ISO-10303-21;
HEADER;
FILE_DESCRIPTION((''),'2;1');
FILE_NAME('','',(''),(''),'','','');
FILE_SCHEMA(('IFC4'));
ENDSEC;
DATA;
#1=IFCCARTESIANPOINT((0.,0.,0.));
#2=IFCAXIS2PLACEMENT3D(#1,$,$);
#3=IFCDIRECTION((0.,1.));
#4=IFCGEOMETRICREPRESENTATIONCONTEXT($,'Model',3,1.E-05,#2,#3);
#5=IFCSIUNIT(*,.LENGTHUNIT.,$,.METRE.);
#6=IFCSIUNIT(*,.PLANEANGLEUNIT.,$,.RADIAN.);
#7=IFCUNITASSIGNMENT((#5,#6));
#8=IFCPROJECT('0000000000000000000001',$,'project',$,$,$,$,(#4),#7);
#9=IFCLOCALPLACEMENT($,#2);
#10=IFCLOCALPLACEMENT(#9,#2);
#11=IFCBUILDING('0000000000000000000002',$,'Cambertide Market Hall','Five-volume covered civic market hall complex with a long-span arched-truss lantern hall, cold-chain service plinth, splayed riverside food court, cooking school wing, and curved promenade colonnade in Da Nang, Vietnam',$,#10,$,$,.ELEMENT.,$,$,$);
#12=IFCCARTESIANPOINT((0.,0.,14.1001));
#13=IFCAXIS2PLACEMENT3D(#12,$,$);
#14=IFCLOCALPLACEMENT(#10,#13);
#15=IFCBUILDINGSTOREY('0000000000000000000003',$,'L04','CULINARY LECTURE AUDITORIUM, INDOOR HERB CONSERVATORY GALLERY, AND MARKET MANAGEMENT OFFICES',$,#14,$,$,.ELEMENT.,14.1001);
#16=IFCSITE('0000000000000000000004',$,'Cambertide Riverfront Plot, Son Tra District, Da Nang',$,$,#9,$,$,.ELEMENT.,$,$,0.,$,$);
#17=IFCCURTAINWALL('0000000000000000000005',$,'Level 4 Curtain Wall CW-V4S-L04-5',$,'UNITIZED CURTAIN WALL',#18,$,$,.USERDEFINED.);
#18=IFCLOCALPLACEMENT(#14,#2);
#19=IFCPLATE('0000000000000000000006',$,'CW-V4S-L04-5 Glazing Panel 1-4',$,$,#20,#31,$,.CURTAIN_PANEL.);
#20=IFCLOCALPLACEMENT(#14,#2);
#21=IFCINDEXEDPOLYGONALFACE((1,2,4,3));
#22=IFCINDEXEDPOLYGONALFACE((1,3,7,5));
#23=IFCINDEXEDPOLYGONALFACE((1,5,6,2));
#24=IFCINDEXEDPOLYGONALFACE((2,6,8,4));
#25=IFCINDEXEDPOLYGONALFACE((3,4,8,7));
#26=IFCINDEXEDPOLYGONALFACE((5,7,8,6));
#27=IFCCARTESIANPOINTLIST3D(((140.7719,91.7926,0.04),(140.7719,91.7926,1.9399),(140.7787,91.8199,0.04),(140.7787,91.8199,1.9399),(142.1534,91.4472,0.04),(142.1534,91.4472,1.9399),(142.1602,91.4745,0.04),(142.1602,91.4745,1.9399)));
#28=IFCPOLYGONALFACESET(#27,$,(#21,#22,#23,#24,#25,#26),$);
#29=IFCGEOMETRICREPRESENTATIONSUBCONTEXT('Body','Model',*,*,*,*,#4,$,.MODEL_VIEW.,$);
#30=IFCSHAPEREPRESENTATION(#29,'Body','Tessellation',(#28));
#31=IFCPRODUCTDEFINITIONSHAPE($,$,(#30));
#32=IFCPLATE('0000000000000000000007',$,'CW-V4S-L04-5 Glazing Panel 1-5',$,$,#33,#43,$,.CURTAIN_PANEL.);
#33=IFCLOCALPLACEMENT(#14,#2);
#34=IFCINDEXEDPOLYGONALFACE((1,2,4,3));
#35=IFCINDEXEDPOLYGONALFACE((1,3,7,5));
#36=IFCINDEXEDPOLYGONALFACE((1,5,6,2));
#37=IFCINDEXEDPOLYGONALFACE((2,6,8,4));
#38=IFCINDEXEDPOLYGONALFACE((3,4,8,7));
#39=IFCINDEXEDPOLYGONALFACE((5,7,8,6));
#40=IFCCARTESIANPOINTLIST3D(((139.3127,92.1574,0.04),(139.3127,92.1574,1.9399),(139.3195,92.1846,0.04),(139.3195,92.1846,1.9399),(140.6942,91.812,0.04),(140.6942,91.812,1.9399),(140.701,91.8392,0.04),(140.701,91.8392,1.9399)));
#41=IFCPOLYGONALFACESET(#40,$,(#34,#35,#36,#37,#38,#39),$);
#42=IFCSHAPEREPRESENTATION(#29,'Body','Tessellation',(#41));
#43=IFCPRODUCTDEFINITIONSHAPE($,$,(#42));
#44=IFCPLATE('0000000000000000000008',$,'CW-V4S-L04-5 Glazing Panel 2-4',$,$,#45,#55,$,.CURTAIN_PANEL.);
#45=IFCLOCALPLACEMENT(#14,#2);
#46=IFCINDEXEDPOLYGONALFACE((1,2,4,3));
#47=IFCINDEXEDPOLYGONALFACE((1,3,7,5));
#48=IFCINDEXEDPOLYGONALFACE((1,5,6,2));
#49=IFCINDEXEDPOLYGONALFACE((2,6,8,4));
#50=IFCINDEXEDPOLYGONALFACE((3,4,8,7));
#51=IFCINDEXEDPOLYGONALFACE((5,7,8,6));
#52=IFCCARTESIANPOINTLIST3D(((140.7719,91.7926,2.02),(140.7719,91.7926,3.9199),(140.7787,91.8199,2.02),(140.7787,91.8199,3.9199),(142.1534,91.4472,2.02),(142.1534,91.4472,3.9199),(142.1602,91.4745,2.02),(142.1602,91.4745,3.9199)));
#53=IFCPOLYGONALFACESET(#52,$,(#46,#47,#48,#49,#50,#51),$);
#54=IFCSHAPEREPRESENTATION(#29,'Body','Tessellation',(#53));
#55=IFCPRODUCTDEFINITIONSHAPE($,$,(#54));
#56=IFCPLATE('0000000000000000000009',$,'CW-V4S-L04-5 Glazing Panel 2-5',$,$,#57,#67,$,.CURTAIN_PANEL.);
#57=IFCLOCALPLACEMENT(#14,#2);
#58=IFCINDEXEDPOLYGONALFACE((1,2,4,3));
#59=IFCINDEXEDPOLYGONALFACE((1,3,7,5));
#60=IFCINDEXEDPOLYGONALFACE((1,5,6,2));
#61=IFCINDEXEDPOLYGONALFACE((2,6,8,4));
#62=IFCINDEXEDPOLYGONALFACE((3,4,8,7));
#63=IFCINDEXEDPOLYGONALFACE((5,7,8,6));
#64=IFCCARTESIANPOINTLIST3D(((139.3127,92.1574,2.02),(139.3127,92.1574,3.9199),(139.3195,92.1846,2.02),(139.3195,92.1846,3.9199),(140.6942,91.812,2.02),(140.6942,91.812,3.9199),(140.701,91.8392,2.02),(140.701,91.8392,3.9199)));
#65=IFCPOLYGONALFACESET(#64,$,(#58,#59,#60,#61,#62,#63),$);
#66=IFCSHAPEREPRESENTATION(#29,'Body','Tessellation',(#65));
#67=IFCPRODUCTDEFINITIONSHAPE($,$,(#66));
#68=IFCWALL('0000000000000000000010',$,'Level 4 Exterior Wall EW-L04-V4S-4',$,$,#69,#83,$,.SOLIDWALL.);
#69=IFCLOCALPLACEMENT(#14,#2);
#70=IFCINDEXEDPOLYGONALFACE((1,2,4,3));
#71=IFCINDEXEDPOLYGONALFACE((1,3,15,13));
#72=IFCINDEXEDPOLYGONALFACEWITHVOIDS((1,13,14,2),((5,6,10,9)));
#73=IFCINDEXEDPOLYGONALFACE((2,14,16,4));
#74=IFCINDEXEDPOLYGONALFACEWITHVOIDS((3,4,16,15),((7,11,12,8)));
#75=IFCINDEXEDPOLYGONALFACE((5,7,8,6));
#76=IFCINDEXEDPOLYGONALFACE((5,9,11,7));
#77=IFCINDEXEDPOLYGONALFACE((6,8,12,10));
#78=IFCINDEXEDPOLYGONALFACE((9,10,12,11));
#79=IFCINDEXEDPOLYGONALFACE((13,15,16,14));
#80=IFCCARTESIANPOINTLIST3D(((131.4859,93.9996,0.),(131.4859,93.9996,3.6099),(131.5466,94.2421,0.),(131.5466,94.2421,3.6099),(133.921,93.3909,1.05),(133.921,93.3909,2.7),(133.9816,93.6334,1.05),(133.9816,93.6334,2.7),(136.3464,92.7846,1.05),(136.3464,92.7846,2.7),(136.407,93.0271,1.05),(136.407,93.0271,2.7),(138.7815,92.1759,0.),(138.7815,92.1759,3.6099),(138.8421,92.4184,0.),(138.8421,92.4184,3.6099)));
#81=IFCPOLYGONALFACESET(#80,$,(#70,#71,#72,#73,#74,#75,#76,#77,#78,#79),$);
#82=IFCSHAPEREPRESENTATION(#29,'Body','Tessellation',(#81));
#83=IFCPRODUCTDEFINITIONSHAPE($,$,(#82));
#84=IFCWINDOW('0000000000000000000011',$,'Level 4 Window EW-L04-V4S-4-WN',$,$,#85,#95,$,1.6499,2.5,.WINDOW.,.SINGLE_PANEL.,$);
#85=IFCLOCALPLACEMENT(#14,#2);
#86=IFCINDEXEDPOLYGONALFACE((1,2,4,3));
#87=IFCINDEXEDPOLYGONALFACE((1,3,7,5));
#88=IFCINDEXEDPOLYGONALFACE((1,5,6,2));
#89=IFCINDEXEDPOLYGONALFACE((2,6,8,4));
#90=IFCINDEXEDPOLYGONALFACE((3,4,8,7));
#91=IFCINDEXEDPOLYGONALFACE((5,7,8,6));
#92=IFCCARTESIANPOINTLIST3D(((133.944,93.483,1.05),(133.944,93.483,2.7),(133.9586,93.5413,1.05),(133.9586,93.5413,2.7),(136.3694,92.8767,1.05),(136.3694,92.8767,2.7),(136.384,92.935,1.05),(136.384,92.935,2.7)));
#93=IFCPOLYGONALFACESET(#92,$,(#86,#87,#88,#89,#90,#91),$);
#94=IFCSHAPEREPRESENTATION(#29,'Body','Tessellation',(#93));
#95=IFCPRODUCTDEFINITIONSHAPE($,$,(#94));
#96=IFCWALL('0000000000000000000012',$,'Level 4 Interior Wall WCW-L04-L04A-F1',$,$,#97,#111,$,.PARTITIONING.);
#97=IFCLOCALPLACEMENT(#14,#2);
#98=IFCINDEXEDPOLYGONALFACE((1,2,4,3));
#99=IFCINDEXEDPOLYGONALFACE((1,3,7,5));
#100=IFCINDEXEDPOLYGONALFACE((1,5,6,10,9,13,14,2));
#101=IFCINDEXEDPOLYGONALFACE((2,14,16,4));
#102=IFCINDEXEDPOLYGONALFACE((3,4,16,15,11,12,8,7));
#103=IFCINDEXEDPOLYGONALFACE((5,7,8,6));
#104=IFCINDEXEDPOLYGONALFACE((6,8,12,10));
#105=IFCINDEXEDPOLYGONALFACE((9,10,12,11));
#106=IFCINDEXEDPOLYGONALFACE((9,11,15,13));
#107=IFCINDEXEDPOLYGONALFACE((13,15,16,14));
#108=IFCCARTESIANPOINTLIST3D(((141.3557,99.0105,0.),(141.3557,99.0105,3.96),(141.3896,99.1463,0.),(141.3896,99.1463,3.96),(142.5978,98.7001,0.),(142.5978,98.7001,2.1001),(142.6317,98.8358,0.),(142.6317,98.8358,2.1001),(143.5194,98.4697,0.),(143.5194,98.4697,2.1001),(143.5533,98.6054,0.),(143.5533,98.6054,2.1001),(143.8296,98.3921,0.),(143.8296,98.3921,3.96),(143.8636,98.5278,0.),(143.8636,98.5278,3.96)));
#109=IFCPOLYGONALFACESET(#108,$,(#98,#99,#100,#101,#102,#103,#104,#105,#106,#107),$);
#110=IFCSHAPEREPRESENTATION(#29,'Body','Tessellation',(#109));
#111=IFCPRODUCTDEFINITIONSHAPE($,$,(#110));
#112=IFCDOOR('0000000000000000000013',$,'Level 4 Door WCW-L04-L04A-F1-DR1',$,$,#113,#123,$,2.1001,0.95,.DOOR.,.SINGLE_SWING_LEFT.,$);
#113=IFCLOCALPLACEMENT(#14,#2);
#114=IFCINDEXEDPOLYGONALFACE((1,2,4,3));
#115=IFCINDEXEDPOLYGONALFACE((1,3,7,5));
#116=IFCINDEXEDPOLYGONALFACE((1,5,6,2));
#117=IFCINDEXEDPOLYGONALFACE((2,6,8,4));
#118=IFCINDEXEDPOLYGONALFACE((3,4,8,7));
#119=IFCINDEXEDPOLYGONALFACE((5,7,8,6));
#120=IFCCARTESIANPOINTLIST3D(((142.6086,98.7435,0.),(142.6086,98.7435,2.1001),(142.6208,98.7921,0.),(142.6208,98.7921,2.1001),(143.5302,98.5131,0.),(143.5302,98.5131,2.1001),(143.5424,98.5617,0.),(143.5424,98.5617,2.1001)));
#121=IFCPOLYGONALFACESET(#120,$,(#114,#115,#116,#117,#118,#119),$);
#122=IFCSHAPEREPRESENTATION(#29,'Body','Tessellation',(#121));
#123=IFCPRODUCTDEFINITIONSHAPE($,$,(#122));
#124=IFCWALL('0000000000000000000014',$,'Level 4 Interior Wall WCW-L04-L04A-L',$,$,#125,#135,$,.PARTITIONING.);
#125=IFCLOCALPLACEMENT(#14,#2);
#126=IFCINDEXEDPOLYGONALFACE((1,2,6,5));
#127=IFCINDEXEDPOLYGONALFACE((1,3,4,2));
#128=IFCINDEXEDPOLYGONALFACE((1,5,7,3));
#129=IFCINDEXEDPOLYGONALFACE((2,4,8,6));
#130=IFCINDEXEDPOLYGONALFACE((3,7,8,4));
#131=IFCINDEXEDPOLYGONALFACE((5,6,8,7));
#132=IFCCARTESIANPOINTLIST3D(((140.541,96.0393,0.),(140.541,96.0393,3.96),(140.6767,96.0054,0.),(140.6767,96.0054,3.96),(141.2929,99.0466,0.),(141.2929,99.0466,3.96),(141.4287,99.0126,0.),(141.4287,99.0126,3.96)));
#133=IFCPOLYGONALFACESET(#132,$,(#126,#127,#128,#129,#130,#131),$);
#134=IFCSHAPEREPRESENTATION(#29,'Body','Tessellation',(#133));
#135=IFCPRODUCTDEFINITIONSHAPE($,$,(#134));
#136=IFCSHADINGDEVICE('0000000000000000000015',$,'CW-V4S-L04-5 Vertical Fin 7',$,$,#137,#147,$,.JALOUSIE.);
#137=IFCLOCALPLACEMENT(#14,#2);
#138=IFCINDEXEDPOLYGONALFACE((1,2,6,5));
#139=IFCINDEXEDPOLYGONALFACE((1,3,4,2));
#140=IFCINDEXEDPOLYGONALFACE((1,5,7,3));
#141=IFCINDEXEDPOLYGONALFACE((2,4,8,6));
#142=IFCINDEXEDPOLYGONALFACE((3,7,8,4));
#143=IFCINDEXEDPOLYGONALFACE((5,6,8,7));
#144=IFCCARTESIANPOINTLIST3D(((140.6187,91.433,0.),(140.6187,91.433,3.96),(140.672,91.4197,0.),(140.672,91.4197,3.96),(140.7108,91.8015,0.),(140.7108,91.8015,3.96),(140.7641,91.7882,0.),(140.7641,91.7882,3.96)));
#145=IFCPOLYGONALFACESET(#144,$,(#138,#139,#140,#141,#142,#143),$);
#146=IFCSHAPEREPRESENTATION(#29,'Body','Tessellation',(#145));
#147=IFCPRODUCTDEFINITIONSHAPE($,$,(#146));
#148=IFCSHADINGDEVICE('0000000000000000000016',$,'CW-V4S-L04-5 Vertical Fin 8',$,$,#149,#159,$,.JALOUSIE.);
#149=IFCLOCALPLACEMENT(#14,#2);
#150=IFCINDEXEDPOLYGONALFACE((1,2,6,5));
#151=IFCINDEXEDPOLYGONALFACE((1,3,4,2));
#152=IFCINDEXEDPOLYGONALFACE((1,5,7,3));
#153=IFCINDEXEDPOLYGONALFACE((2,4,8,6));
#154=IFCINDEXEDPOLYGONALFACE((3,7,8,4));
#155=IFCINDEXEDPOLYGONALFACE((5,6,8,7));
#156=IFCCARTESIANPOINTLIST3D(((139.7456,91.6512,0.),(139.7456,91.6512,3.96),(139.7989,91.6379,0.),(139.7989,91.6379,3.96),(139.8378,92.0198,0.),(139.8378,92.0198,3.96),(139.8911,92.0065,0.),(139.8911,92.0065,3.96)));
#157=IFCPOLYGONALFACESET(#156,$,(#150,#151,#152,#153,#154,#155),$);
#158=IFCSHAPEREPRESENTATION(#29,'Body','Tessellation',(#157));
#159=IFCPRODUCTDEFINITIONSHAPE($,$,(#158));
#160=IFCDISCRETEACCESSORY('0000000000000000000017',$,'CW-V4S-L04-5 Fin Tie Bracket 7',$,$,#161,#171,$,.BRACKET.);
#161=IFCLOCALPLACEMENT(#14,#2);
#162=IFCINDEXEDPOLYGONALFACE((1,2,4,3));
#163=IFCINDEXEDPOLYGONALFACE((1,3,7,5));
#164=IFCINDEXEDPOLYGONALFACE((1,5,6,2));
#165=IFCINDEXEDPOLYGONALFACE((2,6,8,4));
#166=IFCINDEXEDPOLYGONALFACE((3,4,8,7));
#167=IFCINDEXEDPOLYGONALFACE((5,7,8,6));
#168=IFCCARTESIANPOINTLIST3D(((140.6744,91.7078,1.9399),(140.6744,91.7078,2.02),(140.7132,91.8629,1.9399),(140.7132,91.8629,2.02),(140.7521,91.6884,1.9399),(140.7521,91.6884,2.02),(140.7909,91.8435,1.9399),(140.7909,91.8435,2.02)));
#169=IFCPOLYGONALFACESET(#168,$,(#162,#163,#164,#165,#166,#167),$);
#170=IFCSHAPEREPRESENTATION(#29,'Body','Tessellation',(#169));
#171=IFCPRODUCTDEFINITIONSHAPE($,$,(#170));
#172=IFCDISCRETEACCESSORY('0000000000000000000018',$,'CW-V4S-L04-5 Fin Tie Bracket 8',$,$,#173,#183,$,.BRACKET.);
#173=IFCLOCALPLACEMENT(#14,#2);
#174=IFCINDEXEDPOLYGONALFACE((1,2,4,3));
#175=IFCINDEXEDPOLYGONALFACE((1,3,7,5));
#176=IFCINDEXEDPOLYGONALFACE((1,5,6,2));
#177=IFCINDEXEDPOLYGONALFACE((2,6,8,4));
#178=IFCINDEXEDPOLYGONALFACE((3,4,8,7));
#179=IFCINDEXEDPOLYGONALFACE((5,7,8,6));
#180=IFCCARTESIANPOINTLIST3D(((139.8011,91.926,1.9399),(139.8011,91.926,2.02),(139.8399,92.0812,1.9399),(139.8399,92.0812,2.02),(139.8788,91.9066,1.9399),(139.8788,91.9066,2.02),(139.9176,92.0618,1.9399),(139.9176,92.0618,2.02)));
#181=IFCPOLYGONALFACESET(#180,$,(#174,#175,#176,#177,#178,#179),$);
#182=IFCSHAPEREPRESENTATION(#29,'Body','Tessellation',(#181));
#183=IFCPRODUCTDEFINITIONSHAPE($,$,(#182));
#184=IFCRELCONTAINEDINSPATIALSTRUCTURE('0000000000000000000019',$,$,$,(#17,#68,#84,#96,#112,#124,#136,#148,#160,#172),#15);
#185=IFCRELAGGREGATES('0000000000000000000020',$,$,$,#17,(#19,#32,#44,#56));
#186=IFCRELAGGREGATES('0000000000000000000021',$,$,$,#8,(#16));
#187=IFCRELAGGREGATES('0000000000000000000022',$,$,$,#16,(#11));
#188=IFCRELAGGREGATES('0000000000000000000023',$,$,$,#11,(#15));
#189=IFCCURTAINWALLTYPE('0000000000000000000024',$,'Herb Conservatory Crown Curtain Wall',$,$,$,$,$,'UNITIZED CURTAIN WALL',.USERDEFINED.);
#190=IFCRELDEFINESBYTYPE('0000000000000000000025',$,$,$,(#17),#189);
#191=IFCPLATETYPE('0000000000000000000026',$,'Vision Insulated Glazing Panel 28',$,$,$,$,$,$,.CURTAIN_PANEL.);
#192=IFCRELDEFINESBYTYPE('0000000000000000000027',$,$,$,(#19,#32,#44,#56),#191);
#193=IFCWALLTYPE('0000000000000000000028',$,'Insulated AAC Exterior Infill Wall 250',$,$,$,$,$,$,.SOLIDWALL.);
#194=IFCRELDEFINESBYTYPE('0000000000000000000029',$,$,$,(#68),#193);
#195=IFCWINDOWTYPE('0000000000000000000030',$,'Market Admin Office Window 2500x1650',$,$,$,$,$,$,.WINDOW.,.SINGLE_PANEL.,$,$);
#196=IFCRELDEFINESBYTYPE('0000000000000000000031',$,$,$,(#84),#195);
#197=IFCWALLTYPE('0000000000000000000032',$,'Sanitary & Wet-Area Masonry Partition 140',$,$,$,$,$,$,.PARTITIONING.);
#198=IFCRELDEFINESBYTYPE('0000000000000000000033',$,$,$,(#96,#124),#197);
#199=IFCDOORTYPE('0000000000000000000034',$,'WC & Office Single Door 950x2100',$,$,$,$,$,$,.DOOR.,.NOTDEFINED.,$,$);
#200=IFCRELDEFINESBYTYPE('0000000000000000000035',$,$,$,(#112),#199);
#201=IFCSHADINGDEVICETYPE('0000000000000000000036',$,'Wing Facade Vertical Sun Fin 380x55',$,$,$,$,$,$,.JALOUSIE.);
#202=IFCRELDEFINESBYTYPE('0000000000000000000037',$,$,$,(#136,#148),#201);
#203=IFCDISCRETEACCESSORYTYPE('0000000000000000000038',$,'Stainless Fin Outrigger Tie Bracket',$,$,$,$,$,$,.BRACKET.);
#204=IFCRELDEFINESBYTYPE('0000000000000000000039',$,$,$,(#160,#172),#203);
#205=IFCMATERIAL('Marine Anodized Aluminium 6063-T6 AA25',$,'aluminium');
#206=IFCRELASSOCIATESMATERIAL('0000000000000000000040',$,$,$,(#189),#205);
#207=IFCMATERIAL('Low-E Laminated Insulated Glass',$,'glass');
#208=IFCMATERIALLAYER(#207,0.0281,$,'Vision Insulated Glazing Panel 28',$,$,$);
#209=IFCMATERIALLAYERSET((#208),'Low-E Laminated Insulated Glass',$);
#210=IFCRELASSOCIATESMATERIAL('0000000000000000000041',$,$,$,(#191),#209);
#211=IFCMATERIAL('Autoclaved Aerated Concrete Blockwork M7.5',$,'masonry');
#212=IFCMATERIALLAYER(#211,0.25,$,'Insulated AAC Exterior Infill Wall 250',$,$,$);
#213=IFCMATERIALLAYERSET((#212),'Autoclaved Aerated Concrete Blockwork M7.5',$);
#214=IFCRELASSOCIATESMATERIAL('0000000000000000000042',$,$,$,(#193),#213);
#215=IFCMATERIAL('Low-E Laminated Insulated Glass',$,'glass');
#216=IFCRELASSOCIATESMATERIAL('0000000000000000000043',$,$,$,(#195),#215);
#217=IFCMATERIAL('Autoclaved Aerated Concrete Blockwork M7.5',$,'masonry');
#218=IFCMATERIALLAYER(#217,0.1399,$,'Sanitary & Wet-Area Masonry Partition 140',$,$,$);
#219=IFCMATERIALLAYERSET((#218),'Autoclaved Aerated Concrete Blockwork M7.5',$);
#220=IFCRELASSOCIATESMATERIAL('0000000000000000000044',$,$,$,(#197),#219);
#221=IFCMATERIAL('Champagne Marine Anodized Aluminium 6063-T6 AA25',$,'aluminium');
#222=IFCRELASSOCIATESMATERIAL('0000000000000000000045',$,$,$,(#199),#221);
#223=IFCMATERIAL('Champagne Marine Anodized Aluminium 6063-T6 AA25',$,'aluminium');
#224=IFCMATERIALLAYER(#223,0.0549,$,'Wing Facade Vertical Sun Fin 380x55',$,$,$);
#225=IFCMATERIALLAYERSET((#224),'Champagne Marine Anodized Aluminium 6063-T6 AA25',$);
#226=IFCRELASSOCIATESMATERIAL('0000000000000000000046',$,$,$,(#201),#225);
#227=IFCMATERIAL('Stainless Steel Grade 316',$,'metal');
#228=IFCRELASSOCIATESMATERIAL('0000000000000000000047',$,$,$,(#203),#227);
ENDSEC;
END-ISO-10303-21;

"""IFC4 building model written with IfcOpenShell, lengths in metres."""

from ifc_helpers import new_model, si_unit, direction, frame, frame_2d, origin, origin_2d, place, context, subcontext, project, spatial, rectangle, extrude, material, layer, layer_set, type_object, element, fill, aggregate, save


model = new_model("IFC4")

# Units and contexts
model_context = context("Model", 3, precision=1e-05, world=origin(), true_north=direction((0.0, 1.0)))
body_context = subcontext(model_context, "Body", "Model", "MODEL_VIEW")
ifc_project = project(units=[si_unit("LENGTHUNIT", "METRE"), si_unit("PLANEANGLEUNIT", "RADIAN")], contexts=[model_context])

# Site, building, storey
site_placement = place(None, origin())
site = spatial("IfcSite", under=ifc_project, at=site_placement, Name="Cambertide Riverfront Plot, Son Tra District, Da Nang", CompositionType="ELEMENT", RefElevation=0.0)
building_placement = place(site_placement, origin())
building = spatial("IfcBuilding", under=site, at=building_placement, Name="Cambertide Market Hall", Description="Five-volume covered civic market hall complex with a long-span arched-truss lantern hall, cold-chain service plinth, splayed riverside food court, cooking school wing, and curved promenade colonnade in Da Nang, Vietnam", CompositionType="ELEMENT")
storey_placement = place(building_placement, frame((0.0, 0.0, 14.1001)))
storey = spatial("IfcBuildingStorey", under=building, at=storey_placement, Name="L04", Description="CULINARY LECTURE AUDITORIUM, INDOOR HERB CONSERVATORY GALLERY, AND MARKET MANAGEMENT OFFICES", CompositionType="ELEMENT", Elevation=14.1001)

# Curtain wall
ifc_material_1 = material(Name="Marine Anodized Aluminium 6063-T6 AA25", Category="aluminium")
curtain_wall_type = type_object("IfcCurtainWallType", Name="Herb Conservatory Crown Curtain Wall", ElementType="UNITIZED CURTAIN WALL", PredefinedType="USERDEFINED", material=ifc_material_1)
curtain_wall_placement = place(storey_placement, origin())
curtain_wall = element("IfcCurtainWall", 1, at=curtain_wall_placement, inside=storey, type_object=curtain_wall_type, Name="Level 4 Curtain Wall CW-V4S-L04-5", ObjectType="UNITIZED CURTAIN WALL", PredefinedType="USERDEFINED")

# Plates
ifc_material_2 = material(Name="Low-E Laminated Insulated Glass", Category="glass")
ifc_layer_1 = layer(ifc_material_2, 0.0281, Name="Vision Insulated Glazing Panel 28")
ifc_layer_set_1 = layer_set([ifc_layer_1], Name="Low-E Laminated Insulated Glass")
plate_type = type_object("IfcPlateType", Name="Vision Insulated Glazing Panel 28", PredefinedType="CURTAIN_PANEL", material=ifc_layer_set_1)
plate_1_placement = place(storey_placement, frame((141.4661, 91.6335, 0.04), z_axis=(0.0, 0.0, 1.0), x_axis=(-0.970143, 0.242535, 0.0)))
plate_1 = element("IfcPlate", 2, at=plate_1_placement, type_object=plate_type, Name="CW-V4S-L04-5 Glazing Panel 1-4", PredefinedType="CURTAIN_PANEL", context=body_context, shape_type="SweptSolid", body=[
    extrude(rectangle(XDim=1.4241, YDim=0.0281, at=origin_2d()), origin(), (0.0, 0.0, 1.0), 1.8999),
])
plate_2_placement = place(storey_placement, frame((140.0068, 91.9983, 0.04), z_axis=(0.0, 0.0, 1.0), x_axis=(-0.970143, 0.242535, 0.0)))
plate_2 = element("IfcPlate", 3, at=plate_2_placement, type_object=plate_type, Name="CW-V4S-L04-5 Glazing Panel 1-5", PredefinedType="CURTAIN_PANEL", context=body_context, shape_type="SweptSolid", body=[
    extrude(rectangle(XDim=1.4241, YDim=0.0281, at=origin_2d()), origin(), (0.0, 0.0, 1.0), 1.8999),
])
plate_3_placement = place(storey_placement, frame((141.4661, 91.6335, 2.02), z_axis=(0.0, 0.0, 1.0), x_axis=(-0.970143, 0.242535, 0.0)))
plate_3 = element("IfcPlate", 4, at=plate_3_placement, type_object=plate_type, Name="CW-V4S-L04-5 Glazing Panel 2-4", PredefinedType="CURTAIN_PANEL", context=body_context, shape_type="SweptSolid", body=[
    extrude(rectangle(XDim=1.4241, YDim=0.0281, at=origin_2d()), origin(), (0.0, 0.0, 1.0), 1.8999),
])
plate_4_placement = place(storey_placement, frame((140.0068, 91.9983, 2.02), z_axis=(0.0, 0.0, 1.0), x_axis=(-0.970143, 0.242535, 0.0)))
plate_4 = element("IfcPlate", 5, at=plate_4_placement, type_object=plate_type, Name="CW-V4S-L04-5 Glazing Panel 2-5", PredefinedType="CURTAIN_PANEL", context=body_context, shape_type="SweptSolid", body=[
    extrude(rectangle(XDim=1.4241, YDim=0.0281, at=origin_2d()), origin(), (0.0, 0.0, 1.0), 1.8999),
])
aggregate(curtain_wall, [plate_1, plate_2, plate_3, plate_4])

# Wall, opening, window
ifc_material_3 = material(Name="Autoclaved Aerated Concrete Blockwork M7.5", Category="masonry")
ifc_layer_2 = layer(ifc_material_3, 0.25, Name="Insulated AAC Exterior Infill Wall 250")
ifc_layer_set_2 = layer_set([ifc_layer_2], Name="Autoclaved Aerated Concrete Blockwork M7.5")
wall_type_1 = type_object("IfcWallType", Name="Insulated AAC Exterior Infill Wall 250", PredefinedType="SOLIDWALL", material=ifc_layer_set_2)
wall_1_placement = place(storey_placement, frame((138.8118, 92.2971, 0.0), z_axis=(0.0, 0.0, 1.0), x_axis=(-0.970146, 0.24252, 0.0)))
wall_1 = element("IfcWall", 6, at=wall_1_placement, inside=storey, type_object=wall_type_1, Name="Level 4 Exterior Wall EW-L04-V4S-4", PredefinedType="SOLIDWALL", context=body_context, shape_type="SweptSolid", body=[
    extrude(rectangle(XDim=7.52, YDim=0.25, at=frame_2d((3.76, 0.0))), origin(), (0.0, 0.0, 1.0), 3.6099),
])
opening_1_placement = place(wall_1_placement, frame((2.51, 0.0, 1.05)))
opening_1 = element("IfcOpeningElement", 7, at=opening_1_placement, cuts=wall_1, PredefinedType="OPENING", context=body_context, shape_type="SweptSolid", body=[
    extrude(rectangle(XDim=2.5, YDim=1.6499, at=frame_2d((1.25, 0.825))), frame((0.0, 0.135, 0.0), z_axis=(0.0, -1.0, 0.0), x_axis=(1.0, 0.0, 0.0)), (0.0, 0.0, 1.0), 0.27),
])
ifc_material_4 = material(Name="Low-E Laminated Insulated Glass", Category="glass")
window_type = type_object("IfcWindowType", Name="Market Admin Office Window 2500x1650", PartitioningType="SINGLE_PANEL", PredefinedType="WINDOW", material=ifc_material_4)
window_placement = place(opening_1_placement, origin())
window = element("IfcWindow", 8, at=window_placement, inside=storey, type_object=window_type, Name="Level 4 Window EW-L04-V4S-4-WN", OverallHeight=1.6499, OverallWidth=2.5, PartitioningType="SINGLE_PANEL", PredefinedType="WINDOW", context=body_context, shape_type="SweptSolid", body=[
    extrude(rectangle(XDim=2.5, YDim=1.6499, at=frame_2d((1.25, 0.825))), frame((0.0, 0.03, 0.0), z_axis=(0.0, -1.0, 0.0), x_axis=(1.0, 0.0, 0.0)), (0.0, 0.0, 1.0), 0.0601),
])
fill(opening_1, window)

# Wall, opening, door
ifc_material_5 = material(Name="Autoclaved Aerated Concrete Blockwork M7.5", Category="masonry")
ifc_layer_3 = layer(ifc_material_5, 0.1399, Name="Sanitary & Wet-Area Masonry Partition 140")
ifc_layer_set_3 = layer_set([ifc_layer_3], Name="Autoclaved Aerated Concrete Blockwork M7.5")
wall_type_2 = type_object("IfcWallType", Name="Sanitary & Wet-Area Masonry Partition 140", PredefinedType="PARTITIONING", material=ifc_layer_set_3)
wall_2_placement = place(storey_placement, frame((141.3728, 99.0784, 0.0), z_axis=(0.0, 0.0, 1.0), x_axis=(0.970148, -0.242513, 0.0)))
wall_2 = element("IfcWall", 9, at=wall_2_placement, inside=storey, type_object=wall_type_2, Name="Level 4 Interior Wall WCW-L04-L04A-F1", PredefinedType="PARTITIONING", context=body_context, shape_type="SweptSolid", body=[
    extrude(rectangle(XDim=2.55, YDim=0.1399, at=frame_2d((1.2749, 0.0))), origin(), (0.0, 0.0, 1.0), 3.96),
])
opening_2_placement = place(wall_2_placement, frame((1.28, 0.0, 0.0)))
opening_2 = element("IfcOpeningElement", 10, at=opening_2_placement, cuts=wall_2, PredefinedType="OPENING", context=body_context, shape_type="SweptSolid", body=[
    extrude(rectangle(XDim=0.95, YDim=2.1001, at=frame_2d((0.4751, 1.05))), frame((0.0, 0.0798, 0.0), z_axis=(0.0, -1.0, 0.0), x_axis=(1.0, 0.0, 0.0)), (0.0, 0.0, 1.0), 0.1599),
])
ifc_material_6 = material(Name="Champagne Marine Anodized Aluminium 6063-T6 AA25", Category="aluminium")
door_type = type_object("IfcDoorType", Name="WC & Office Single Door 950x2100", OperationType="NOTDEFINED", PredefinedType="DOOR", material=ifc_material_6)
door_placement = place(opening_2_placement, origin())
door = element("IfcDoor", 11, at=door_placement, inside=storey, type_object=door_type, Name="Level 4 Door WCW-L04-L04A-F1-DR1", OperationType="SINGLE_SWING_LEFT", OverallHeight=2.1001, OverallWidth=0.95, PredefinedType="DOOR", context=body_context, shape_type="SweptSolid", body=[
    extrude(rectangle(XDim=0.95, YDim=2.1001, at=frame_2d((0.4751, 1.05))), frame((0.0, 0.0249, 0.0), z_axis=(0.0, -1.0, 0.0), x_axis=(1.0, 0.0, 0.0)), (0.0, 0.0, 1.0), 0.05),
])
fill(opening_2, door)

# Wall
wall_3_placement = place(storey_placement, frame((140.6089, 96.0225, 0.0), z_axis=(0.0, 0.0, 1.0), x_axis=(0.242573, 0.970133, 0.0)))
element("IfcWall", 12, at=wall_3_placement, inside=storey, type_object=wall_type_2, Name="Level 4 Interior Wall WCW-L04-L04A-L", PredefinedType="PARTITIONING", context=body_context, shape_type="SweptSolid", body=[
    extrude(rectangle(XDim=3.0999, YDim=0.1399, at=frame_2d((1.5498, 0.0))), origin(), (0.0, 0.0, 1.0), 3.96),
])

# Shading devices
ifc_material_7 = material(Name="Champagne Marine Anodized Aluminium 6063-T6 AA25", Category="aluminium")
ifc_layer_4 = layer(ifc_material_7, 0.0549, Name="Wing Facade Vertical Sun Fin 380x55")
ifc_layer_set_4 = layer_set([ifc_layer_4], Name="Champagne Marine Anodized Aluminium 6063-T6 AA25")
shading_device_type = type_object("IfcShadingDeviceType", Name="Wing Facade Vertical Sun Fin 380x55", PredefinedType="JALOUSIE", material=ifc_layer_set_4)
for number, where, z_axis, x_axis, name in (
    (13, (140.6914, 91.6106, 0.0), (0.0, 0.0, 1.0), (-0.970143, 0.242535, 0.0), "CW-V4S-L04-5 Vertical Fin 7"),
    (14, (139.8184, 91.8289, 0.0), (0.0, 0.0, 1.0), (-0.970143, 0.242535, 0.0), "CW-V4S-L04-5 Vertical Fin 8"),
):
    element("IfcShadingDevice", number, at=place(storey_placement, frame(where, z_axis=z_axis, x_axis=x_axis)), inside=storey, type_object=shading_device_type, Name=name, PredefinedType="JALOUSIE", context=body_context, shape_type="SweptSolid", body=[
        extrude(rectangle(XDim=0.0549, YDim=0.3799, at=origin_2d()), origin(), (0.0, 0.0, 1.0), 3.96),
    ])

# Discrete accessories
ifc_material_8 = material(Name="Stainless Steel Grade 316", Category="metal")
discrete_accessory_type = type_object("IfcDiscreteAccessoryType", Name="Stainless Fin Outrigger Tie Bracket", PredefinedType="BRACKET", material=ifc_material_8)
for number, where, z_axis, x_axis, name in (
    (15, (140.7327, 91.7756, 1.9399), (0.0, 0.0, 1.0), (-0.970143, 0.242535, 0.0), "CW-V4S-L04-5 Fin Tie Bracket 7"),
    (16, (139.8594, 91.9939, 1.9399), (0.0, 0.0, 1.0), (-0.970143, 0.242535, 0.0), "CW-V4S-L04-5 Fin Tie Bracket 8"),
):
    element("IfcDiscreteAccessory", number, at=place(storey_placement, frame(where, z_axis=z_axis, x_axis=x_axis)), inside=storey, type_object=discrete_accessory_type, Name=name, PredefinedType="BRACKET", context=body_context, shape_type="SweptSolid", body=[
        extrude(rectangle(XDim=0.0801, YDim=0.1599, at=origin_2d()), origin(), (0.0, 0.0, 1.0), 0.0801),
    ])

save(model, "model.ifc")
